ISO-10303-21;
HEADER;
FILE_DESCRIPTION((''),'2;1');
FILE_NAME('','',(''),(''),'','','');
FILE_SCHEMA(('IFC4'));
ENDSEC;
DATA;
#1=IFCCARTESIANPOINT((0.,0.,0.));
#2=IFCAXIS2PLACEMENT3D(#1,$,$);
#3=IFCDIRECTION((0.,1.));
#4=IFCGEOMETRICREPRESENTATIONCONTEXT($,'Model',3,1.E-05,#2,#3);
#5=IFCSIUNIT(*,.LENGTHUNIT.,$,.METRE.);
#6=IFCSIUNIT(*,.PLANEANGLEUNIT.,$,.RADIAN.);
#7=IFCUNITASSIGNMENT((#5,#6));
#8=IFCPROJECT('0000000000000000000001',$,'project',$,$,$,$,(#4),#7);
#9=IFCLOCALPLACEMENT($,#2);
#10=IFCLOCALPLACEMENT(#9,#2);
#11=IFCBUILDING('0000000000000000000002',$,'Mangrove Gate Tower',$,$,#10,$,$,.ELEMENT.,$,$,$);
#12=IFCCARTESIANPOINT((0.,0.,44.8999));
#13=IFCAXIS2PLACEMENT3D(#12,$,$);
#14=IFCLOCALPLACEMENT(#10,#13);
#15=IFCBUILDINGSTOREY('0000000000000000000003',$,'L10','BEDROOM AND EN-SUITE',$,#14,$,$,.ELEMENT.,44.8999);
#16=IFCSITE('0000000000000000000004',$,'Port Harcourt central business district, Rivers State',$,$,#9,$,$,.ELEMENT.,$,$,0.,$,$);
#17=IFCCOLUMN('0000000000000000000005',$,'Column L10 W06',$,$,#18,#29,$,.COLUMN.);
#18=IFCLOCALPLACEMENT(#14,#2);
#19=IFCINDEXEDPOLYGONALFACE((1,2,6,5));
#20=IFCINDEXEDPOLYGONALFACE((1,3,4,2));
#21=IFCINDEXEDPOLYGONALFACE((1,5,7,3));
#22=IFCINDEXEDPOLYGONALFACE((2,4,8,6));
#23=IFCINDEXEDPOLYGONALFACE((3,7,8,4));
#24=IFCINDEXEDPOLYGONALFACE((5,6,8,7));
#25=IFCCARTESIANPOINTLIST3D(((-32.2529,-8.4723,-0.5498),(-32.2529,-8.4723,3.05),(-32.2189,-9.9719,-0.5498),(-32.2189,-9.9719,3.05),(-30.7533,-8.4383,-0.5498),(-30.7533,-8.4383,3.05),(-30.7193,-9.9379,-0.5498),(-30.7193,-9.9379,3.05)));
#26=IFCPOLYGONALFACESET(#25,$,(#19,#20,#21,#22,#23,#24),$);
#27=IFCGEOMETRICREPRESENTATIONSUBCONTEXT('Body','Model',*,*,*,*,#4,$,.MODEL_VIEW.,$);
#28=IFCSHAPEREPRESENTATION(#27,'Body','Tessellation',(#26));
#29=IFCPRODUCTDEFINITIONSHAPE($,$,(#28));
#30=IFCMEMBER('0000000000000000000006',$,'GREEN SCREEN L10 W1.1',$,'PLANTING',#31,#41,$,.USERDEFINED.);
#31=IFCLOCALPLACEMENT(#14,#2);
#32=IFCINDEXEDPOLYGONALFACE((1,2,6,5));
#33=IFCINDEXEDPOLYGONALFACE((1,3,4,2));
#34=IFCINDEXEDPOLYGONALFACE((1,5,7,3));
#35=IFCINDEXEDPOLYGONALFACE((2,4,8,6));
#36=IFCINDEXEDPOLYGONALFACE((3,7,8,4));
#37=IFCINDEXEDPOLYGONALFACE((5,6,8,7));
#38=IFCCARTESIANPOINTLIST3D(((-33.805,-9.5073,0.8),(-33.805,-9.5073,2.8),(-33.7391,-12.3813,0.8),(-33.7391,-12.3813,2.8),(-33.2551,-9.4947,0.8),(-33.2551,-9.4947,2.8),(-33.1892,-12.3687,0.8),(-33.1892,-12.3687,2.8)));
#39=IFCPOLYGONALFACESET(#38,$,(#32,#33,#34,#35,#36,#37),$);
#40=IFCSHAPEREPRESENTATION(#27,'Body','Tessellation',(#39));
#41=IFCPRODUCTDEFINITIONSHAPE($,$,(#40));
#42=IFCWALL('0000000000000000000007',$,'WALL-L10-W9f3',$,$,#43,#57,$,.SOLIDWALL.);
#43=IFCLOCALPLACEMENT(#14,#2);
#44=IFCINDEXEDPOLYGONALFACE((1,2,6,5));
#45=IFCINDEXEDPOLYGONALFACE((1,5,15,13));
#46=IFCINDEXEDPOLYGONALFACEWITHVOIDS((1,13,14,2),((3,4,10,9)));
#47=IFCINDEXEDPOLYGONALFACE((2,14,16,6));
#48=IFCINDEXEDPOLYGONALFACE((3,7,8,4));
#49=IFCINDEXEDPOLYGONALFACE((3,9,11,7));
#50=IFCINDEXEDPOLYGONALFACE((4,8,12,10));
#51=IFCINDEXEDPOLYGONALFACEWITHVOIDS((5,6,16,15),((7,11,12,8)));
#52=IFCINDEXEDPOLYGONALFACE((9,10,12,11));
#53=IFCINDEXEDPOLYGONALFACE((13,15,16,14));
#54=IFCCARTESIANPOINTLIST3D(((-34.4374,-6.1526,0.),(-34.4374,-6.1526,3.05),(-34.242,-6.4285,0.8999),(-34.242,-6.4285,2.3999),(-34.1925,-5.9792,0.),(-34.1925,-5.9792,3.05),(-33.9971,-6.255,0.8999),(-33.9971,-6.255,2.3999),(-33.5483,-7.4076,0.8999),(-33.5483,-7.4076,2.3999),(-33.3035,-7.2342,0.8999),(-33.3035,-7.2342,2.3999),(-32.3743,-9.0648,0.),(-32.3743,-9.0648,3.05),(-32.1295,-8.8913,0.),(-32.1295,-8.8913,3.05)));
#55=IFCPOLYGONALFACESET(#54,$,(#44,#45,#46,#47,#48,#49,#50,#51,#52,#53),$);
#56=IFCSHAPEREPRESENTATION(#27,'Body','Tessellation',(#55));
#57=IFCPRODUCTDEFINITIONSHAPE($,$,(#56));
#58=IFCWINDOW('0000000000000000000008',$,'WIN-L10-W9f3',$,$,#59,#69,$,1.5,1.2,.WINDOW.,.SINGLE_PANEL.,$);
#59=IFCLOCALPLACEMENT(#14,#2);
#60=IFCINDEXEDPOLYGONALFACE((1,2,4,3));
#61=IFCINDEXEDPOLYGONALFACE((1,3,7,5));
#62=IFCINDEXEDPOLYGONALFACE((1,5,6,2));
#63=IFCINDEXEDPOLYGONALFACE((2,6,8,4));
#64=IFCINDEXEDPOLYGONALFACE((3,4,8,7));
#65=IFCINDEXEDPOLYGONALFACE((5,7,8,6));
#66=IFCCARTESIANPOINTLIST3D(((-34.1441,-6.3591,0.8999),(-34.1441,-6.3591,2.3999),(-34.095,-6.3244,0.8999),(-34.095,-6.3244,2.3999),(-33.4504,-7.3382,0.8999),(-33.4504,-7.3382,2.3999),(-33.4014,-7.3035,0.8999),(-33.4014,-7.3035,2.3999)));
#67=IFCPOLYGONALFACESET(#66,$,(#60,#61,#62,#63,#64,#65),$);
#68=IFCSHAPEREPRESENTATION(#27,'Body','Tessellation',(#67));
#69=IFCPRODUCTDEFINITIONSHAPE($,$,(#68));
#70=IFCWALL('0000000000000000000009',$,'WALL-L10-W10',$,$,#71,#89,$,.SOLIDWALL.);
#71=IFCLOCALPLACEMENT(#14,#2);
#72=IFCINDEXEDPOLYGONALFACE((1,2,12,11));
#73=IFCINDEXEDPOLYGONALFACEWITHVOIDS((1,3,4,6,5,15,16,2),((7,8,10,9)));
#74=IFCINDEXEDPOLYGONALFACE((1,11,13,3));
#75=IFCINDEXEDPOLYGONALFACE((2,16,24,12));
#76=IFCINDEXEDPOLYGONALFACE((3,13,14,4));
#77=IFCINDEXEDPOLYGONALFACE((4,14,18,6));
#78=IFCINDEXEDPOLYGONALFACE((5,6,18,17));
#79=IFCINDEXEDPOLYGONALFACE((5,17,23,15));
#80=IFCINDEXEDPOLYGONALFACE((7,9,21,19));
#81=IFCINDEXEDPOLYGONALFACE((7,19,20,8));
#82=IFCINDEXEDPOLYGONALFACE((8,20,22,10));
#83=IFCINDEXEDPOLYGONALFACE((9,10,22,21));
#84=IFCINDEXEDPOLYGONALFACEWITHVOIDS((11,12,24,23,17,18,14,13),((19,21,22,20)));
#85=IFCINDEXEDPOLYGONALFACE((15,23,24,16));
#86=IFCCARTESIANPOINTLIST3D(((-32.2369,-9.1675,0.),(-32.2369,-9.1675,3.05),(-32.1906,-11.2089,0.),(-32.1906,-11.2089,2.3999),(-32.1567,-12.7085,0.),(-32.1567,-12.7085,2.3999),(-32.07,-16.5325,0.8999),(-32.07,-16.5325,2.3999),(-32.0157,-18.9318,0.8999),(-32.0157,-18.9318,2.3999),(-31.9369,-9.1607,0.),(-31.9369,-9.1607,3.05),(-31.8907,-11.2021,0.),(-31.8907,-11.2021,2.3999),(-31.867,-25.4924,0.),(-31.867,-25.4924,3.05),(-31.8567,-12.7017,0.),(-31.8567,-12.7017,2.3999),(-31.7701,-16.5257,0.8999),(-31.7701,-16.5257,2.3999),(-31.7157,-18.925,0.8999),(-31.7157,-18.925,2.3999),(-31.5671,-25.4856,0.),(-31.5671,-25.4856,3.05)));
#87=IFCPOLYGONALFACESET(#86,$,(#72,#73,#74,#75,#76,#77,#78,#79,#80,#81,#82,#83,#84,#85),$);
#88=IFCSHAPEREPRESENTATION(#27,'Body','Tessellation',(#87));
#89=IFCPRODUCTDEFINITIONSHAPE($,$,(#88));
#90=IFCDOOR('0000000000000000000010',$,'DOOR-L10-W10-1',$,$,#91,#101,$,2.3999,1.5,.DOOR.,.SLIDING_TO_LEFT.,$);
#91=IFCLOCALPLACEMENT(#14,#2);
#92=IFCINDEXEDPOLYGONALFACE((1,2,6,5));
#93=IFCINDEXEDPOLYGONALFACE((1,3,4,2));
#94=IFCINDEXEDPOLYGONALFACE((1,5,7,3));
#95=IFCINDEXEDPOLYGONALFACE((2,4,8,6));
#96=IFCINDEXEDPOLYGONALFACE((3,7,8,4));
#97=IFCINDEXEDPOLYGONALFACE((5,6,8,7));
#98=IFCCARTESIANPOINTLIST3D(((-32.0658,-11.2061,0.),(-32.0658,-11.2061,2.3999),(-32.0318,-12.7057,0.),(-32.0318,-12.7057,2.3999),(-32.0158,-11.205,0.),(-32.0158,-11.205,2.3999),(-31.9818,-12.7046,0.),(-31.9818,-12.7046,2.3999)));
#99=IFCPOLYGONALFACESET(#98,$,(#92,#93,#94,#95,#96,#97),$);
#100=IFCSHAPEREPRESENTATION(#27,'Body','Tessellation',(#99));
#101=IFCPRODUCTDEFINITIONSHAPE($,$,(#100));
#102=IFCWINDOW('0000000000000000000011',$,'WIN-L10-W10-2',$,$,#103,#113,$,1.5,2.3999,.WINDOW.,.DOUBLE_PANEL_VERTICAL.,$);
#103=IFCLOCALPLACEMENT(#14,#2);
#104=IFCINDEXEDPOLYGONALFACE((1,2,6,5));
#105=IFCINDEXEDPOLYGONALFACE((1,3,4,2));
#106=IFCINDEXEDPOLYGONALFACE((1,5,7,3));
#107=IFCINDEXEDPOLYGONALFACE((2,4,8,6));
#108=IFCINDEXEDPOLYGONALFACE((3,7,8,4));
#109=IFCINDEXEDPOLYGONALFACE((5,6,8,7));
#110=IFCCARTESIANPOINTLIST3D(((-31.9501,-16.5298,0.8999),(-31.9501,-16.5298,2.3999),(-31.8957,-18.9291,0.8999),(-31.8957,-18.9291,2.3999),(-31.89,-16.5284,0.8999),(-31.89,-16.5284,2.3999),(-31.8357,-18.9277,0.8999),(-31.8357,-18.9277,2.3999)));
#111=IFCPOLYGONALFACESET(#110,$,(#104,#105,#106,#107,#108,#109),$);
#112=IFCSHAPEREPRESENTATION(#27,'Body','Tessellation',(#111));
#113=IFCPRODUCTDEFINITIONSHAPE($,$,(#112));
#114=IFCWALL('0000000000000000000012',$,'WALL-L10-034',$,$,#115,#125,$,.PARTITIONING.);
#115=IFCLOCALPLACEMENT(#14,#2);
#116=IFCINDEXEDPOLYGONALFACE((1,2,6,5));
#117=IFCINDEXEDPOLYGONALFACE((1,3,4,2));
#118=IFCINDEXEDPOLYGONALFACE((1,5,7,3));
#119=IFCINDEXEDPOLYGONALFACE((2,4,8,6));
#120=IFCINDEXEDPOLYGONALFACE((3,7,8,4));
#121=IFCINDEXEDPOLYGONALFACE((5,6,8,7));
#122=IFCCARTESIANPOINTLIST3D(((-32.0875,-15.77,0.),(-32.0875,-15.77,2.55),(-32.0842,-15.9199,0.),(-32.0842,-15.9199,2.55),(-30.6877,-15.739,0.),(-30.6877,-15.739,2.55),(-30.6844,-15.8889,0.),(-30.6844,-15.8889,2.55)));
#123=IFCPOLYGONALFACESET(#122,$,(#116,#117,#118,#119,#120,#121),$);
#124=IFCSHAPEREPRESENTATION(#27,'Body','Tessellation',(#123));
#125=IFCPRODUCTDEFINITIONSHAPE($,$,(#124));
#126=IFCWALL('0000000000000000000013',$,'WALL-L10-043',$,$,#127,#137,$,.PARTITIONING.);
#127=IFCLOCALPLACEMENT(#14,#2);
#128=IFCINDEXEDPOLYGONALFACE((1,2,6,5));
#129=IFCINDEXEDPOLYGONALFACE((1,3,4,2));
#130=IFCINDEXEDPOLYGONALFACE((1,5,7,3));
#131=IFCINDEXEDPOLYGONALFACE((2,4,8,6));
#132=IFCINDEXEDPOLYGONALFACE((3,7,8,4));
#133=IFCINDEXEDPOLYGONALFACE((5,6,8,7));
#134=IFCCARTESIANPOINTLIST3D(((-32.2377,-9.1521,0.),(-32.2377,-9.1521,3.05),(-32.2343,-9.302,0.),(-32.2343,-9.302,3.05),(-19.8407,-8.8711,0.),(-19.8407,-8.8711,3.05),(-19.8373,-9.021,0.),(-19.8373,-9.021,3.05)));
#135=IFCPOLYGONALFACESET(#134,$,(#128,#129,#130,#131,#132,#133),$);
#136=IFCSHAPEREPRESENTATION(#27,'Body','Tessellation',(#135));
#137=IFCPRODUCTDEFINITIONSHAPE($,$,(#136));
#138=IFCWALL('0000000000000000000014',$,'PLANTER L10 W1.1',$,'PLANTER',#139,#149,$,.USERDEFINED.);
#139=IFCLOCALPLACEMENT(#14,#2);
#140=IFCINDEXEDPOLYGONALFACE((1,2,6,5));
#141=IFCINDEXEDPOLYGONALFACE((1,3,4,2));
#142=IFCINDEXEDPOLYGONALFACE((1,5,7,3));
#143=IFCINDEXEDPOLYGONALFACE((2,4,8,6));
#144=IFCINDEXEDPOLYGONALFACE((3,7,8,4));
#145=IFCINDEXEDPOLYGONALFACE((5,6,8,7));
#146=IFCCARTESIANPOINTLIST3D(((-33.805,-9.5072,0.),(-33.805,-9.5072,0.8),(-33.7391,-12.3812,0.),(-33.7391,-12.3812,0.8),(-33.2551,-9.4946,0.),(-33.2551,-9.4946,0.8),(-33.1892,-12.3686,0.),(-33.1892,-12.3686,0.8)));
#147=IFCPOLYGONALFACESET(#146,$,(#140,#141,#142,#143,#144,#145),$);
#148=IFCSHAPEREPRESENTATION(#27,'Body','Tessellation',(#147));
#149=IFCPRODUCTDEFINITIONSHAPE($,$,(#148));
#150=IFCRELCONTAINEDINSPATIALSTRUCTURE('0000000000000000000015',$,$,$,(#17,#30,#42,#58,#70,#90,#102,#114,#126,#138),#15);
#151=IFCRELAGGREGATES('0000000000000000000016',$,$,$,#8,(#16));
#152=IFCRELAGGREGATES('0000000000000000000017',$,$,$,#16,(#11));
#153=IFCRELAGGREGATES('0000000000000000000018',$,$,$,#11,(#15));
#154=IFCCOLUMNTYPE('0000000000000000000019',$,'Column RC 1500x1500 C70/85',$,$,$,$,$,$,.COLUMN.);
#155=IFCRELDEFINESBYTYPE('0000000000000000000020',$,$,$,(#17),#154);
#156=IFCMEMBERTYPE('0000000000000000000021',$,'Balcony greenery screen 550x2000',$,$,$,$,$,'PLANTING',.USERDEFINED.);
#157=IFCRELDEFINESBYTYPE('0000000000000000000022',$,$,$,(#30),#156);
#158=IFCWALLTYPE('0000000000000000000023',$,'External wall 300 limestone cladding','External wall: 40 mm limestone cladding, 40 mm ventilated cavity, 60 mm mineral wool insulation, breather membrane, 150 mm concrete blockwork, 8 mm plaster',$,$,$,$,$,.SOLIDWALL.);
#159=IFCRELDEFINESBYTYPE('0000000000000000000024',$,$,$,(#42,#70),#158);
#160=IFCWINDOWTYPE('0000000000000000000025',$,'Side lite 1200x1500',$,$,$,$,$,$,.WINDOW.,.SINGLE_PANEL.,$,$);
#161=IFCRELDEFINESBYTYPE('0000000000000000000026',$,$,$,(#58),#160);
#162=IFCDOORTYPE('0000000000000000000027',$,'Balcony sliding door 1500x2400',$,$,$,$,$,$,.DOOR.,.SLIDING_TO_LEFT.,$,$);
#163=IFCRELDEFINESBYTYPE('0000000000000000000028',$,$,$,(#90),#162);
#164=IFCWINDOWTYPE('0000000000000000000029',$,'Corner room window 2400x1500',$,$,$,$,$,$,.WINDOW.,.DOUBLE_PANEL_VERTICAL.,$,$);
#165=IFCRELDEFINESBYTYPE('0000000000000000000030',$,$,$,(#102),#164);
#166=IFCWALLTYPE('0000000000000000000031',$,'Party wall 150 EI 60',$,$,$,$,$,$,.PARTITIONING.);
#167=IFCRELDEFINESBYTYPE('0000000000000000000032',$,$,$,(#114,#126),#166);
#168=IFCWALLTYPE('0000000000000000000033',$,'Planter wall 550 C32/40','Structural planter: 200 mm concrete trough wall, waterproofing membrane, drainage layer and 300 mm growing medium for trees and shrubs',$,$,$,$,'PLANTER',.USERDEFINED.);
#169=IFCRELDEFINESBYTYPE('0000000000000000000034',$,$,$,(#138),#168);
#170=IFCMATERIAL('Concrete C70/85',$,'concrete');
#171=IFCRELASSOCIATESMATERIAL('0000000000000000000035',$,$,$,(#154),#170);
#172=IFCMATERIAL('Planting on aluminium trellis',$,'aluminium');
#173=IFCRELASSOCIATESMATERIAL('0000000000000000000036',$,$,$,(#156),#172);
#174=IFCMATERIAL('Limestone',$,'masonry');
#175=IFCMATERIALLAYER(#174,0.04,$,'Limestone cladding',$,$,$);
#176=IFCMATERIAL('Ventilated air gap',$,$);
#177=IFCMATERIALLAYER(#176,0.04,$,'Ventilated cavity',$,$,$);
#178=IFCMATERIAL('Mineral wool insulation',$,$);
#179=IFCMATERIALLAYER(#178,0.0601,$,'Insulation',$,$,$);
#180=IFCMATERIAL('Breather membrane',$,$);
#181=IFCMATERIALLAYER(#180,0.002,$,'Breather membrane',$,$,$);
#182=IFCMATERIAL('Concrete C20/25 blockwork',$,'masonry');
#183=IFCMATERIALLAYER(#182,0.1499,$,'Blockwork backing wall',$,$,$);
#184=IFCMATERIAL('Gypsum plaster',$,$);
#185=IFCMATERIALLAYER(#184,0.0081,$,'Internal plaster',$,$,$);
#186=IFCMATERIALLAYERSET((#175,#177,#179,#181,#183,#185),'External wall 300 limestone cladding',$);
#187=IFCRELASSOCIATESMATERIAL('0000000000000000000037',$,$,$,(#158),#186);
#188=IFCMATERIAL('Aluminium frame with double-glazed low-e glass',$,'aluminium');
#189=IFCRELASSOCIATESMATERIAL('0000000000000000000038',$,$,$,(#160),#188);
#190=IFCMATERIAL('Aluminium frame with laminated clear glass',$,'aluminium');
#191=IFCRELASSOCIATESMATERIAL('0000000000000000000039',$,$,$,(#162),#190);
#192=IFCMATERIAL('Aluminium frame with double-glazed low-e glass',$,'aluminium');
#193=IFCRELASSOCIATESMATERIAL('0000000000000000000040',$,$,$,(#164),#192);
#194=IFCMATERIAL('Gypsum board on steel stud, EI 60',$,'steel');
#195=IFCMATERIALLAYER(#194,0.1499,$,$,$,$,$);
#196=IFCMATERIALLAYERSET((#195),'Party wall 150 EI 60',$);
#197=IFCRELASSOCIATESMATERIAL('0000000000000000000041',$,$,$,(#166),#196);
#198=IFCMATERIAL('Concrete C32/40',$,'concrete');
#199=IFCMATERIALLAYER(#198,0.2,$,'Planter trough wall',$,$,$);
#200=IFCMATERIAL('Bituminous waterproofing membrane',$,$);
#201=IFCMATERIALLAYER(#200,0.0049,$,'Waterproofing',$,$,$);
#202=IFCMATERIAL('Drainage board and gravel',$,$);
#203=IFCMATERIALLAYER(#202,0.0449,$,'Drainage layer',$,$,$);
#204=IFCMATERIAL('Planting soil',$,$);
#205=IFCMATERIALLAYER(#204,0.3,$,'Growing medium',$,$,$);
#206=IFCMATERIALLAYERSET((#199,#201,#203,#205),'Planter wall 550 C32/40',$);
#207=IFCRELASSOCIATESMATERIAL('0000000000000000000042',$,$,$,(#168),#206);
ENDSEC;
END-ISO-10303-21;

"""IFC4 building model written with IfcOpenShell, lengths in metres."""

from ifc_helpers import new_model, si_unit, direction, frame, frame_2d, origin, origin_2d, place, context, subcontext, project, spatial, rectangle, extrude, material, layer, layer_set, material_profile, profile_set, type_object, element, fill, save


model = new_model("IFC4")

# Units and contexts
model_context = context("Model", 3, precision=1e-05, world=origin(), true_north=direction((0.0, 1.0)))
body_context = subcontext(model_context, "Body", "Model", "MODEL_VIEW")
ifc_project = project(units=[si_unit("LENGTHUNIT", "METRE"), si_unit("PLANEANGLEUNIT", "RADIAN")], contexts=[model_context])

# Site, building, storey
site_placement = place(None, origin())
site = spatial("IfcSite", under=ifc_project, at=site_placement, Name="Port Harcourt central business district, Rivers State", CompositionType="ELEMENT", RefElevation=0.0)
building_placement = place(site_placement, origin())
building = spatial("IfcBuilding", under=site, at=building_placement, Name="Mangrove Gate Tower", CompositionType="ELEMENT")
storey_placement = place(building_placement, frame((0.0, 0.0, 44.8999)))
storey = spatial("IfcBuildingStorey", under=building, at=storey_placement, Name="L10", Description="BEDROOM AND EN-SUITE", CompositionType="ELEMENT", Elevation=44.8999)

# Column
ifc_material_1 = material(Name="Concrete C70/85", Category="concrete")
ifc_material_profile_1 = material_profile(ifc_material_1, rectangle(XDim=1.5, YDim=1.5, at=origin_2d()))
ifc_profile_set_1 = profile_set([ifc_material_profile_1], Name="Concrete C70/85")
column_type = type_object("IfcColumnType", Name="Column RC 1500x1500 C70/85", PredefinedType="COLUMN", material=ifc_profile_set_1)
column_placement = place(storey_placement, frame((-31.4861, -9.2051, -0.5498), z_axis=(0.0, 0.0, 1.0), x_axis=(0.022678, -0.999743, 0.0)))
element("IfcColumn", 1, at=column_placement, inside=storey, type_object=column_type, Name="Column L10 W06", PredefinedType="COLUMN", context=body_context, shape_type="SweptSolid", body=[
    extrude(rectangle(XDim=1.5, YDim=1.5, at=origin_2d()), origin(), (0.0, 0.0, 1.0), 3.5999),
])

# Member
ifc_material_2 = material(Name="Planting on aluminium trellis", Category="aluminium")
ifc_material_profile_2 = material_profile(ifc_material_2, rectangle(XDim=0.55, YDim=2.0, at=origin_2d()))
ifc_profile_set_2 = profile_set([ifc_material_profile_2], Name="Planting on aluminium trellis")
member_type = type_object("IfcMemberType", Name="Balcony greenery screen 550x2000", ElementType="PLANTING", PredefinedType="USERDEFINED", material=ifc_profile_set_2)
member_placement = place(storey_placement, frame((-33.4641, -12.375, 1.8), z_axis=(-0.02293, 0.999737, 0.0), x_axis=(-0.999737, -0.02293, 0.0)))
element("IfcMember", 2, at=member_placement, inside=storey, type_object=member_type, Name="GREEN SCREEN L10 W1.1", ObjectType="PLANTING", PredefinedType="USERDEFINED", context=body_context, shape_type="SweptSolid", body=[
    extrude(rectangle(XDim=0.55, YDim=2.0, at=origin_2d()), origin(), (0.0, 0.0, 1.0), 2.8748),
])

# Wall, opening, window
ifc_material_3 = material(Name="Limestone", Category="masonry")
ifc_layer_1 = layer(ifc_material_3, 0.04, Name="Limestone cladding")
ifc_material_4 = material(Name="Ventilated air gap")
ifc_layer_2 = layer(ifc_material_4, 0.04, Name="Ventilated cavity")
ifc_material_5 = material(Name="Mineral wool insulation")
ifc_layer_3 = layer(ifc_material_5, 0.0601, Name="Insulation")
ifc_material_6 = material(Name="Breather membrane")
ifc_layer_4 = layer(ifc_material_6, 0.002, Name="Breather membrane")
ifc_material_7 = material(Name="Concrete C20/25 blockwork", Category="masonry")
ifc_layer_5 = layer(ifc_material_7, 0.1499, Name="Blockwork backing wall")
ifc_material_8 = material(Name="Gypsum plaster")
ifc_layer_6 = layer(ifc_material_8, 0.0081, Name="Internal plaster")
ifc_layer_set_1 = layer_set([ifc_layer_1, ifc_layer_2, ifc_layer_3, ifc_layer_4, ifc_layer_5, ifc_layer_6], Name="External wall 300 limestone cladding")
wall_type_1 = type_object("IfcWallType", Name="External wall 300 limestone cladding", Description="External wall: 40 mm limestone cladding, 40 mm ventilated cavity, 60 mm mineral wool insulation, breather membrane, 150 mm concrete blockwork, 8 mm plaster", PredefinedType="SOLIDWALL", material=ifc_layer_set_1)
wall_1_placement = place(storey_placement, frame((-34.3149, -6.0659, 0.0), z_axis=(0.0, 0.0, 1.0), x_axis=(0.578063, -0.815992, 0.0)))
wall_1 = element("IfcWall", 3, at=wall_1_placement, inside=storey, type_object=wall_type_1, Name="WALL-L10-W9f3", PredefinedType="SOLIDWALL", context=body_context, shape_type="SweptSolid", body=[
    extrude(rectangle(XDim=3.5688, YDim=0.3, at=frame_2d((1.7844, 0.0))), origin(), (0.0, 0.0, 1.0), 3.05),
])
opening_1_placement = place(wall_1_placement, frame((0.3379, 0.0, 0.8999)))
opening_1 = element("IfcOpeningElement", 4, at=opening_1_placement, cuts=wall_1, PredefinedType="OPENING", context=body_context, shape_type="SweptSolid", body=[
    extrude(rectangle(XDim=1.2, YDim=1.5, at=frame_2d((0.6001, 0.75))), frame((0.0, 0.1599, 0.0), z_axis=(0.0, -1.0, 0.0), x_axis=(1.0, 0.0, 0.0)), (0.0, 0.0, 1.0), 0.3201),
])
ifc_material_9 = material(Name="Aluminium frame with double-glazed low-e glass", Category="aluminium")
window_type_1 = type_object("IfcWindowType", Name="Side lite 1200x1500", PartitioningType="SINGLE_PANEL", PredefinedType="WINDOW", material=ifc_material_9)
window_1_placement = place(opening_1_placement, origin())
window_1 = element("IfcWindow", 5, at=window_1_placement, inside=storey, type_object=window_type_1, Name="WIN-L10-W9f3", OverallHeight=1.5, OverallWidth=1.2, PartitioningType="SINGLE_PANEL", PredefinedType="WINDOW", context=body_context, shape_type="SweptSolid", body=[
    extrude(rectangle(XDim=1.2, YDim=1.5, at=frame_2d((0.6001, 0.75))), frame((0.0, 0.03, 0.0), z_axis=(0.0, -1.0, 0.0), x_axis=(1.0, 0.0, 0.0)), (0.0, 0.0, 1.0), 0.0601),
])
fill(opening_1, window_1)

# Wall, openings, door, window
wall_2_placement = place(storey_placement, frame((-32.0869, -9.1641, 0.0), z_axis=(0.0, 0.0, 1.0), x_axis=(0.022651, -0.999743, 0.0)))
wall_2 = element("IfcWall", 6, at=wall_2_placement, inside=storey, type_object=wall_type_1, Name="WALL-L10-W10", PredefinedType="SOLIDWALL", context=body_context, shape_type="SweptSolid", body=[
    extrude(rectangle(XDim=16.3291, YDim=0.3, at=frame_2d((8.1646, 0.0))), origin(), (0.0, 0.0, 1.0), 3.05),
])
opening_2_placement = place(wall_2_placement, frame((2.042, 0.0, 0.0)))
opening_2 = element("IfcOpeningElement", 7, at=opening_2_placement, cuts=wall_2, PredefinedType="OPENING", context=body_context, shape_type="SweptSolid", body=[
    extrude(rectangle(XDim=1.5, YDim=2.3999, at=frame_2d((0.75, 1.2))), frame((0.0, 0.1599, 0.0), z_axis=(0.0, -1.0, 0.0), x_axis=(1.0, 0.0, 0.0)), (0.0, 0.0, 1.0), 0.3201),
])
opening_3_placement = place(wall_2_placement, frame((7.3669, 0.0, 0.8999)))
opening_3 = element("IfcOpeningElement", 8, at=opening_3_placement, cuts=wall_2, PredefinedType="OPENING", context=body_context, shape_type="SweptSolid", body=[
    extrude(rectangle(XDim=2.3999, YDim=1.5, at=frame_2d((1.2, 0.75))), frame((0.0, 0.1599, 0.0), z_axis=(0.0, -1.0, 0.0), x_axis=(1.0, 0.0, 0.0)), (0.0, 0.0, 1.0), 0.3201),
])
ifc_material_10 = material(Name="Aluminium frame with laminated clear glass", Category="aluminium")
door_type = type_object("IfcDoorType", Name="Balcony sliding door 1500x2400", OperationType="SLIDING_TO_LEFT", PredefinedType="DOOR", material=ifc_material_10)
door_placement = place(opening_2_placement, origin())
door = element("IfcDoor", 9, at=door_placement, inside=storey, type_object=door_type, Name="DOOR-L10-W10-1", OperationType="SLIDING_TO_LEFT", OverallHeight=2.3999, OverallWidth=1.5, PredefinedType="DOOR", context=body_context, shape_type="SweptSolid", body=[
    extrude(rectangle(XDim=1.5, YDim=2.3999, at=frame_2d((0.75, 1.2))), frame((0.0, 0.0249, 0.0), z_axis=(0.0, -1.0, 0.0), x_axis=(1.0, 0.0, 0.0)), (0.0, 0.0, 1.0), 0.05),
])
fill(opening_2, door)
ifc_material_11 = material(Name="Aluminium frame with double-glazed low-e glass", Category="aluminium")
window_type_2 = type_object("IfcWindowType", Name="Corner room window 2400x1500", PartitioningType="DOUBLE_PANEL_VERTICAL", PredefinedType="WINDOW", material=ifc_material_11)
window_2_placement = place(opening_3_placement, origin())
window_2 = element("IfcWindow", 10, at=window_2_placement, inside=storey, type_object=window_type_2, Name="WIN-L10-W10-2", OverallHeight=1.5, OverallWidth=2.3999, PartitioningType="DOUBLE_PANEL_VERTICAL", PredefinedType="WINDOW", context=body_context, shape_type="SweptSolid", body=[
    extrude(rectangle(XDim=2.3999, YDim=1.5, at=frame_2d((1.2, 0.75))), frame((0.0, 0.03, 0.0), z_axis=(0.0, -1.0, 0.0), x_axis=(1.0, 0.0, 0.0)), (0.0, 0.0, 1.0), 0.0601),
])
fill(opening_3, window_2)

# Walls
ifc_material_12 = material(Name="Gypsum board on steel stud, EI 60", Category="steel")
ifc_layer_7 = layer(ifc_material_12, 0.1499)
ifc_layer_set_2 = layer_set([ifc_layer_7], Name="Party wall 150 EI 60")
wall_type_2 = type_object("IfcWallType", Name="Party wall 150 EI 60", PredefinedType="PARTITIONING", material=ifc_layer_set_2)
wall_3_placement = place(storey_placement, frame((-32.0859, -15.845, 0.0), z_axis=(0.0, 0.0, 1.0), x_axis=(0.999755, 0.022143, 0.0)))
element("IfcWall", 11, at=wall_3_placement, inside=storey, type_object=wall_type_2, Name="WALL-L10-034", PredefinedType="PARTITIONING", context=body_context, shape_type="SweptSolid", body=[
    extrude(rectangle(XDim=1.4001, YDim=0.1499, at=frame_2d((0.7002, 0.0))), origin(), (0.0, 0.0, 1.0), 2.55),
])
wall_4_placement = place(storey_placement, frame((-32.2361, -9.2271, 0.0), z_axis=(0.0, 0.0, 1.0), x_axis=(0.999743, 0.022661, 0.0)))
element("IfcWall", 12, at=wall_4_placement, inside=storey, type_object=wall_type_2, Name="WALL-L10-043", PredefinedType="PARTITIONING", context=body_context, shape_type="SweptSolid", body=[
    extrude(rectangle(XDim=12.4001, YDim=0.1499, at=frame_2d((6.2002, 0.0))), origin(), (0.0, 0.0, 1.0), 3.05),
])
ifc_material_13 = material(Name="Concrete C32/40", Category="concrete")
ifc_layer_8 = layer(ifc_material_13, 0.2, Name="Planter trough wall")
ifc_material_14 = material(Name="Bituminous waterproofing membrane")
ifc_layer_9 = layer(ifc_material_14, 0.0049, Name="Waterproofing")
ifc_material_15 = material(Name="Drainage board and gravel")
ifc_layer_10 = layer(ifc_material_15, 0.0449, Name="Drainage layer")
ifc_material_16 = material(Name="Planting soil")
ifc_layer_11 = layer(ifc_material_16, 0.3, Name="Growing medium")
ifc_layer_set_3 = layer_set([ifc_layer_8, ifc_layer_9, ifc_layer_10, ifc_layer_11], Name="Planter wall 550 C32/40")
wall_type_3 = type_object("IfcWallType", Name="Planter wall 550 C32/40", Description="Structural planter: 200 mm concrete trough wall, waterproofing membrane, drainage layer and 300 mm growing medium for trees and shrubs", ElementType="PLANTER", PredefinedType="USERDEFINED", material=ifc_layer_set_3)
wall_5_placement = place(storey_placement, frame((-33.4641, -12.375, 0.0), z_axis=(0.0, 0.0, 1.0), x_axis=(-0.02293, 0.999737, 0.0)))
element("IfcWall", 13, at=wall_5_placement, inside=storey, type_object=wall_type_3, Name="PLANTER L10 W1.1", ObjectType="PLANTER", PredefinedType="USERDEFINED", context=body_context, shape_type="SweptSolid", body=[
    extrude(rectangle(XDim=2.8748, YDim=0.55, at=frame_2d((1.4375, 0.0))), origin(), (0.0, 0.0, 1.0), 0.8),
])

save(model, "model.ifc")
